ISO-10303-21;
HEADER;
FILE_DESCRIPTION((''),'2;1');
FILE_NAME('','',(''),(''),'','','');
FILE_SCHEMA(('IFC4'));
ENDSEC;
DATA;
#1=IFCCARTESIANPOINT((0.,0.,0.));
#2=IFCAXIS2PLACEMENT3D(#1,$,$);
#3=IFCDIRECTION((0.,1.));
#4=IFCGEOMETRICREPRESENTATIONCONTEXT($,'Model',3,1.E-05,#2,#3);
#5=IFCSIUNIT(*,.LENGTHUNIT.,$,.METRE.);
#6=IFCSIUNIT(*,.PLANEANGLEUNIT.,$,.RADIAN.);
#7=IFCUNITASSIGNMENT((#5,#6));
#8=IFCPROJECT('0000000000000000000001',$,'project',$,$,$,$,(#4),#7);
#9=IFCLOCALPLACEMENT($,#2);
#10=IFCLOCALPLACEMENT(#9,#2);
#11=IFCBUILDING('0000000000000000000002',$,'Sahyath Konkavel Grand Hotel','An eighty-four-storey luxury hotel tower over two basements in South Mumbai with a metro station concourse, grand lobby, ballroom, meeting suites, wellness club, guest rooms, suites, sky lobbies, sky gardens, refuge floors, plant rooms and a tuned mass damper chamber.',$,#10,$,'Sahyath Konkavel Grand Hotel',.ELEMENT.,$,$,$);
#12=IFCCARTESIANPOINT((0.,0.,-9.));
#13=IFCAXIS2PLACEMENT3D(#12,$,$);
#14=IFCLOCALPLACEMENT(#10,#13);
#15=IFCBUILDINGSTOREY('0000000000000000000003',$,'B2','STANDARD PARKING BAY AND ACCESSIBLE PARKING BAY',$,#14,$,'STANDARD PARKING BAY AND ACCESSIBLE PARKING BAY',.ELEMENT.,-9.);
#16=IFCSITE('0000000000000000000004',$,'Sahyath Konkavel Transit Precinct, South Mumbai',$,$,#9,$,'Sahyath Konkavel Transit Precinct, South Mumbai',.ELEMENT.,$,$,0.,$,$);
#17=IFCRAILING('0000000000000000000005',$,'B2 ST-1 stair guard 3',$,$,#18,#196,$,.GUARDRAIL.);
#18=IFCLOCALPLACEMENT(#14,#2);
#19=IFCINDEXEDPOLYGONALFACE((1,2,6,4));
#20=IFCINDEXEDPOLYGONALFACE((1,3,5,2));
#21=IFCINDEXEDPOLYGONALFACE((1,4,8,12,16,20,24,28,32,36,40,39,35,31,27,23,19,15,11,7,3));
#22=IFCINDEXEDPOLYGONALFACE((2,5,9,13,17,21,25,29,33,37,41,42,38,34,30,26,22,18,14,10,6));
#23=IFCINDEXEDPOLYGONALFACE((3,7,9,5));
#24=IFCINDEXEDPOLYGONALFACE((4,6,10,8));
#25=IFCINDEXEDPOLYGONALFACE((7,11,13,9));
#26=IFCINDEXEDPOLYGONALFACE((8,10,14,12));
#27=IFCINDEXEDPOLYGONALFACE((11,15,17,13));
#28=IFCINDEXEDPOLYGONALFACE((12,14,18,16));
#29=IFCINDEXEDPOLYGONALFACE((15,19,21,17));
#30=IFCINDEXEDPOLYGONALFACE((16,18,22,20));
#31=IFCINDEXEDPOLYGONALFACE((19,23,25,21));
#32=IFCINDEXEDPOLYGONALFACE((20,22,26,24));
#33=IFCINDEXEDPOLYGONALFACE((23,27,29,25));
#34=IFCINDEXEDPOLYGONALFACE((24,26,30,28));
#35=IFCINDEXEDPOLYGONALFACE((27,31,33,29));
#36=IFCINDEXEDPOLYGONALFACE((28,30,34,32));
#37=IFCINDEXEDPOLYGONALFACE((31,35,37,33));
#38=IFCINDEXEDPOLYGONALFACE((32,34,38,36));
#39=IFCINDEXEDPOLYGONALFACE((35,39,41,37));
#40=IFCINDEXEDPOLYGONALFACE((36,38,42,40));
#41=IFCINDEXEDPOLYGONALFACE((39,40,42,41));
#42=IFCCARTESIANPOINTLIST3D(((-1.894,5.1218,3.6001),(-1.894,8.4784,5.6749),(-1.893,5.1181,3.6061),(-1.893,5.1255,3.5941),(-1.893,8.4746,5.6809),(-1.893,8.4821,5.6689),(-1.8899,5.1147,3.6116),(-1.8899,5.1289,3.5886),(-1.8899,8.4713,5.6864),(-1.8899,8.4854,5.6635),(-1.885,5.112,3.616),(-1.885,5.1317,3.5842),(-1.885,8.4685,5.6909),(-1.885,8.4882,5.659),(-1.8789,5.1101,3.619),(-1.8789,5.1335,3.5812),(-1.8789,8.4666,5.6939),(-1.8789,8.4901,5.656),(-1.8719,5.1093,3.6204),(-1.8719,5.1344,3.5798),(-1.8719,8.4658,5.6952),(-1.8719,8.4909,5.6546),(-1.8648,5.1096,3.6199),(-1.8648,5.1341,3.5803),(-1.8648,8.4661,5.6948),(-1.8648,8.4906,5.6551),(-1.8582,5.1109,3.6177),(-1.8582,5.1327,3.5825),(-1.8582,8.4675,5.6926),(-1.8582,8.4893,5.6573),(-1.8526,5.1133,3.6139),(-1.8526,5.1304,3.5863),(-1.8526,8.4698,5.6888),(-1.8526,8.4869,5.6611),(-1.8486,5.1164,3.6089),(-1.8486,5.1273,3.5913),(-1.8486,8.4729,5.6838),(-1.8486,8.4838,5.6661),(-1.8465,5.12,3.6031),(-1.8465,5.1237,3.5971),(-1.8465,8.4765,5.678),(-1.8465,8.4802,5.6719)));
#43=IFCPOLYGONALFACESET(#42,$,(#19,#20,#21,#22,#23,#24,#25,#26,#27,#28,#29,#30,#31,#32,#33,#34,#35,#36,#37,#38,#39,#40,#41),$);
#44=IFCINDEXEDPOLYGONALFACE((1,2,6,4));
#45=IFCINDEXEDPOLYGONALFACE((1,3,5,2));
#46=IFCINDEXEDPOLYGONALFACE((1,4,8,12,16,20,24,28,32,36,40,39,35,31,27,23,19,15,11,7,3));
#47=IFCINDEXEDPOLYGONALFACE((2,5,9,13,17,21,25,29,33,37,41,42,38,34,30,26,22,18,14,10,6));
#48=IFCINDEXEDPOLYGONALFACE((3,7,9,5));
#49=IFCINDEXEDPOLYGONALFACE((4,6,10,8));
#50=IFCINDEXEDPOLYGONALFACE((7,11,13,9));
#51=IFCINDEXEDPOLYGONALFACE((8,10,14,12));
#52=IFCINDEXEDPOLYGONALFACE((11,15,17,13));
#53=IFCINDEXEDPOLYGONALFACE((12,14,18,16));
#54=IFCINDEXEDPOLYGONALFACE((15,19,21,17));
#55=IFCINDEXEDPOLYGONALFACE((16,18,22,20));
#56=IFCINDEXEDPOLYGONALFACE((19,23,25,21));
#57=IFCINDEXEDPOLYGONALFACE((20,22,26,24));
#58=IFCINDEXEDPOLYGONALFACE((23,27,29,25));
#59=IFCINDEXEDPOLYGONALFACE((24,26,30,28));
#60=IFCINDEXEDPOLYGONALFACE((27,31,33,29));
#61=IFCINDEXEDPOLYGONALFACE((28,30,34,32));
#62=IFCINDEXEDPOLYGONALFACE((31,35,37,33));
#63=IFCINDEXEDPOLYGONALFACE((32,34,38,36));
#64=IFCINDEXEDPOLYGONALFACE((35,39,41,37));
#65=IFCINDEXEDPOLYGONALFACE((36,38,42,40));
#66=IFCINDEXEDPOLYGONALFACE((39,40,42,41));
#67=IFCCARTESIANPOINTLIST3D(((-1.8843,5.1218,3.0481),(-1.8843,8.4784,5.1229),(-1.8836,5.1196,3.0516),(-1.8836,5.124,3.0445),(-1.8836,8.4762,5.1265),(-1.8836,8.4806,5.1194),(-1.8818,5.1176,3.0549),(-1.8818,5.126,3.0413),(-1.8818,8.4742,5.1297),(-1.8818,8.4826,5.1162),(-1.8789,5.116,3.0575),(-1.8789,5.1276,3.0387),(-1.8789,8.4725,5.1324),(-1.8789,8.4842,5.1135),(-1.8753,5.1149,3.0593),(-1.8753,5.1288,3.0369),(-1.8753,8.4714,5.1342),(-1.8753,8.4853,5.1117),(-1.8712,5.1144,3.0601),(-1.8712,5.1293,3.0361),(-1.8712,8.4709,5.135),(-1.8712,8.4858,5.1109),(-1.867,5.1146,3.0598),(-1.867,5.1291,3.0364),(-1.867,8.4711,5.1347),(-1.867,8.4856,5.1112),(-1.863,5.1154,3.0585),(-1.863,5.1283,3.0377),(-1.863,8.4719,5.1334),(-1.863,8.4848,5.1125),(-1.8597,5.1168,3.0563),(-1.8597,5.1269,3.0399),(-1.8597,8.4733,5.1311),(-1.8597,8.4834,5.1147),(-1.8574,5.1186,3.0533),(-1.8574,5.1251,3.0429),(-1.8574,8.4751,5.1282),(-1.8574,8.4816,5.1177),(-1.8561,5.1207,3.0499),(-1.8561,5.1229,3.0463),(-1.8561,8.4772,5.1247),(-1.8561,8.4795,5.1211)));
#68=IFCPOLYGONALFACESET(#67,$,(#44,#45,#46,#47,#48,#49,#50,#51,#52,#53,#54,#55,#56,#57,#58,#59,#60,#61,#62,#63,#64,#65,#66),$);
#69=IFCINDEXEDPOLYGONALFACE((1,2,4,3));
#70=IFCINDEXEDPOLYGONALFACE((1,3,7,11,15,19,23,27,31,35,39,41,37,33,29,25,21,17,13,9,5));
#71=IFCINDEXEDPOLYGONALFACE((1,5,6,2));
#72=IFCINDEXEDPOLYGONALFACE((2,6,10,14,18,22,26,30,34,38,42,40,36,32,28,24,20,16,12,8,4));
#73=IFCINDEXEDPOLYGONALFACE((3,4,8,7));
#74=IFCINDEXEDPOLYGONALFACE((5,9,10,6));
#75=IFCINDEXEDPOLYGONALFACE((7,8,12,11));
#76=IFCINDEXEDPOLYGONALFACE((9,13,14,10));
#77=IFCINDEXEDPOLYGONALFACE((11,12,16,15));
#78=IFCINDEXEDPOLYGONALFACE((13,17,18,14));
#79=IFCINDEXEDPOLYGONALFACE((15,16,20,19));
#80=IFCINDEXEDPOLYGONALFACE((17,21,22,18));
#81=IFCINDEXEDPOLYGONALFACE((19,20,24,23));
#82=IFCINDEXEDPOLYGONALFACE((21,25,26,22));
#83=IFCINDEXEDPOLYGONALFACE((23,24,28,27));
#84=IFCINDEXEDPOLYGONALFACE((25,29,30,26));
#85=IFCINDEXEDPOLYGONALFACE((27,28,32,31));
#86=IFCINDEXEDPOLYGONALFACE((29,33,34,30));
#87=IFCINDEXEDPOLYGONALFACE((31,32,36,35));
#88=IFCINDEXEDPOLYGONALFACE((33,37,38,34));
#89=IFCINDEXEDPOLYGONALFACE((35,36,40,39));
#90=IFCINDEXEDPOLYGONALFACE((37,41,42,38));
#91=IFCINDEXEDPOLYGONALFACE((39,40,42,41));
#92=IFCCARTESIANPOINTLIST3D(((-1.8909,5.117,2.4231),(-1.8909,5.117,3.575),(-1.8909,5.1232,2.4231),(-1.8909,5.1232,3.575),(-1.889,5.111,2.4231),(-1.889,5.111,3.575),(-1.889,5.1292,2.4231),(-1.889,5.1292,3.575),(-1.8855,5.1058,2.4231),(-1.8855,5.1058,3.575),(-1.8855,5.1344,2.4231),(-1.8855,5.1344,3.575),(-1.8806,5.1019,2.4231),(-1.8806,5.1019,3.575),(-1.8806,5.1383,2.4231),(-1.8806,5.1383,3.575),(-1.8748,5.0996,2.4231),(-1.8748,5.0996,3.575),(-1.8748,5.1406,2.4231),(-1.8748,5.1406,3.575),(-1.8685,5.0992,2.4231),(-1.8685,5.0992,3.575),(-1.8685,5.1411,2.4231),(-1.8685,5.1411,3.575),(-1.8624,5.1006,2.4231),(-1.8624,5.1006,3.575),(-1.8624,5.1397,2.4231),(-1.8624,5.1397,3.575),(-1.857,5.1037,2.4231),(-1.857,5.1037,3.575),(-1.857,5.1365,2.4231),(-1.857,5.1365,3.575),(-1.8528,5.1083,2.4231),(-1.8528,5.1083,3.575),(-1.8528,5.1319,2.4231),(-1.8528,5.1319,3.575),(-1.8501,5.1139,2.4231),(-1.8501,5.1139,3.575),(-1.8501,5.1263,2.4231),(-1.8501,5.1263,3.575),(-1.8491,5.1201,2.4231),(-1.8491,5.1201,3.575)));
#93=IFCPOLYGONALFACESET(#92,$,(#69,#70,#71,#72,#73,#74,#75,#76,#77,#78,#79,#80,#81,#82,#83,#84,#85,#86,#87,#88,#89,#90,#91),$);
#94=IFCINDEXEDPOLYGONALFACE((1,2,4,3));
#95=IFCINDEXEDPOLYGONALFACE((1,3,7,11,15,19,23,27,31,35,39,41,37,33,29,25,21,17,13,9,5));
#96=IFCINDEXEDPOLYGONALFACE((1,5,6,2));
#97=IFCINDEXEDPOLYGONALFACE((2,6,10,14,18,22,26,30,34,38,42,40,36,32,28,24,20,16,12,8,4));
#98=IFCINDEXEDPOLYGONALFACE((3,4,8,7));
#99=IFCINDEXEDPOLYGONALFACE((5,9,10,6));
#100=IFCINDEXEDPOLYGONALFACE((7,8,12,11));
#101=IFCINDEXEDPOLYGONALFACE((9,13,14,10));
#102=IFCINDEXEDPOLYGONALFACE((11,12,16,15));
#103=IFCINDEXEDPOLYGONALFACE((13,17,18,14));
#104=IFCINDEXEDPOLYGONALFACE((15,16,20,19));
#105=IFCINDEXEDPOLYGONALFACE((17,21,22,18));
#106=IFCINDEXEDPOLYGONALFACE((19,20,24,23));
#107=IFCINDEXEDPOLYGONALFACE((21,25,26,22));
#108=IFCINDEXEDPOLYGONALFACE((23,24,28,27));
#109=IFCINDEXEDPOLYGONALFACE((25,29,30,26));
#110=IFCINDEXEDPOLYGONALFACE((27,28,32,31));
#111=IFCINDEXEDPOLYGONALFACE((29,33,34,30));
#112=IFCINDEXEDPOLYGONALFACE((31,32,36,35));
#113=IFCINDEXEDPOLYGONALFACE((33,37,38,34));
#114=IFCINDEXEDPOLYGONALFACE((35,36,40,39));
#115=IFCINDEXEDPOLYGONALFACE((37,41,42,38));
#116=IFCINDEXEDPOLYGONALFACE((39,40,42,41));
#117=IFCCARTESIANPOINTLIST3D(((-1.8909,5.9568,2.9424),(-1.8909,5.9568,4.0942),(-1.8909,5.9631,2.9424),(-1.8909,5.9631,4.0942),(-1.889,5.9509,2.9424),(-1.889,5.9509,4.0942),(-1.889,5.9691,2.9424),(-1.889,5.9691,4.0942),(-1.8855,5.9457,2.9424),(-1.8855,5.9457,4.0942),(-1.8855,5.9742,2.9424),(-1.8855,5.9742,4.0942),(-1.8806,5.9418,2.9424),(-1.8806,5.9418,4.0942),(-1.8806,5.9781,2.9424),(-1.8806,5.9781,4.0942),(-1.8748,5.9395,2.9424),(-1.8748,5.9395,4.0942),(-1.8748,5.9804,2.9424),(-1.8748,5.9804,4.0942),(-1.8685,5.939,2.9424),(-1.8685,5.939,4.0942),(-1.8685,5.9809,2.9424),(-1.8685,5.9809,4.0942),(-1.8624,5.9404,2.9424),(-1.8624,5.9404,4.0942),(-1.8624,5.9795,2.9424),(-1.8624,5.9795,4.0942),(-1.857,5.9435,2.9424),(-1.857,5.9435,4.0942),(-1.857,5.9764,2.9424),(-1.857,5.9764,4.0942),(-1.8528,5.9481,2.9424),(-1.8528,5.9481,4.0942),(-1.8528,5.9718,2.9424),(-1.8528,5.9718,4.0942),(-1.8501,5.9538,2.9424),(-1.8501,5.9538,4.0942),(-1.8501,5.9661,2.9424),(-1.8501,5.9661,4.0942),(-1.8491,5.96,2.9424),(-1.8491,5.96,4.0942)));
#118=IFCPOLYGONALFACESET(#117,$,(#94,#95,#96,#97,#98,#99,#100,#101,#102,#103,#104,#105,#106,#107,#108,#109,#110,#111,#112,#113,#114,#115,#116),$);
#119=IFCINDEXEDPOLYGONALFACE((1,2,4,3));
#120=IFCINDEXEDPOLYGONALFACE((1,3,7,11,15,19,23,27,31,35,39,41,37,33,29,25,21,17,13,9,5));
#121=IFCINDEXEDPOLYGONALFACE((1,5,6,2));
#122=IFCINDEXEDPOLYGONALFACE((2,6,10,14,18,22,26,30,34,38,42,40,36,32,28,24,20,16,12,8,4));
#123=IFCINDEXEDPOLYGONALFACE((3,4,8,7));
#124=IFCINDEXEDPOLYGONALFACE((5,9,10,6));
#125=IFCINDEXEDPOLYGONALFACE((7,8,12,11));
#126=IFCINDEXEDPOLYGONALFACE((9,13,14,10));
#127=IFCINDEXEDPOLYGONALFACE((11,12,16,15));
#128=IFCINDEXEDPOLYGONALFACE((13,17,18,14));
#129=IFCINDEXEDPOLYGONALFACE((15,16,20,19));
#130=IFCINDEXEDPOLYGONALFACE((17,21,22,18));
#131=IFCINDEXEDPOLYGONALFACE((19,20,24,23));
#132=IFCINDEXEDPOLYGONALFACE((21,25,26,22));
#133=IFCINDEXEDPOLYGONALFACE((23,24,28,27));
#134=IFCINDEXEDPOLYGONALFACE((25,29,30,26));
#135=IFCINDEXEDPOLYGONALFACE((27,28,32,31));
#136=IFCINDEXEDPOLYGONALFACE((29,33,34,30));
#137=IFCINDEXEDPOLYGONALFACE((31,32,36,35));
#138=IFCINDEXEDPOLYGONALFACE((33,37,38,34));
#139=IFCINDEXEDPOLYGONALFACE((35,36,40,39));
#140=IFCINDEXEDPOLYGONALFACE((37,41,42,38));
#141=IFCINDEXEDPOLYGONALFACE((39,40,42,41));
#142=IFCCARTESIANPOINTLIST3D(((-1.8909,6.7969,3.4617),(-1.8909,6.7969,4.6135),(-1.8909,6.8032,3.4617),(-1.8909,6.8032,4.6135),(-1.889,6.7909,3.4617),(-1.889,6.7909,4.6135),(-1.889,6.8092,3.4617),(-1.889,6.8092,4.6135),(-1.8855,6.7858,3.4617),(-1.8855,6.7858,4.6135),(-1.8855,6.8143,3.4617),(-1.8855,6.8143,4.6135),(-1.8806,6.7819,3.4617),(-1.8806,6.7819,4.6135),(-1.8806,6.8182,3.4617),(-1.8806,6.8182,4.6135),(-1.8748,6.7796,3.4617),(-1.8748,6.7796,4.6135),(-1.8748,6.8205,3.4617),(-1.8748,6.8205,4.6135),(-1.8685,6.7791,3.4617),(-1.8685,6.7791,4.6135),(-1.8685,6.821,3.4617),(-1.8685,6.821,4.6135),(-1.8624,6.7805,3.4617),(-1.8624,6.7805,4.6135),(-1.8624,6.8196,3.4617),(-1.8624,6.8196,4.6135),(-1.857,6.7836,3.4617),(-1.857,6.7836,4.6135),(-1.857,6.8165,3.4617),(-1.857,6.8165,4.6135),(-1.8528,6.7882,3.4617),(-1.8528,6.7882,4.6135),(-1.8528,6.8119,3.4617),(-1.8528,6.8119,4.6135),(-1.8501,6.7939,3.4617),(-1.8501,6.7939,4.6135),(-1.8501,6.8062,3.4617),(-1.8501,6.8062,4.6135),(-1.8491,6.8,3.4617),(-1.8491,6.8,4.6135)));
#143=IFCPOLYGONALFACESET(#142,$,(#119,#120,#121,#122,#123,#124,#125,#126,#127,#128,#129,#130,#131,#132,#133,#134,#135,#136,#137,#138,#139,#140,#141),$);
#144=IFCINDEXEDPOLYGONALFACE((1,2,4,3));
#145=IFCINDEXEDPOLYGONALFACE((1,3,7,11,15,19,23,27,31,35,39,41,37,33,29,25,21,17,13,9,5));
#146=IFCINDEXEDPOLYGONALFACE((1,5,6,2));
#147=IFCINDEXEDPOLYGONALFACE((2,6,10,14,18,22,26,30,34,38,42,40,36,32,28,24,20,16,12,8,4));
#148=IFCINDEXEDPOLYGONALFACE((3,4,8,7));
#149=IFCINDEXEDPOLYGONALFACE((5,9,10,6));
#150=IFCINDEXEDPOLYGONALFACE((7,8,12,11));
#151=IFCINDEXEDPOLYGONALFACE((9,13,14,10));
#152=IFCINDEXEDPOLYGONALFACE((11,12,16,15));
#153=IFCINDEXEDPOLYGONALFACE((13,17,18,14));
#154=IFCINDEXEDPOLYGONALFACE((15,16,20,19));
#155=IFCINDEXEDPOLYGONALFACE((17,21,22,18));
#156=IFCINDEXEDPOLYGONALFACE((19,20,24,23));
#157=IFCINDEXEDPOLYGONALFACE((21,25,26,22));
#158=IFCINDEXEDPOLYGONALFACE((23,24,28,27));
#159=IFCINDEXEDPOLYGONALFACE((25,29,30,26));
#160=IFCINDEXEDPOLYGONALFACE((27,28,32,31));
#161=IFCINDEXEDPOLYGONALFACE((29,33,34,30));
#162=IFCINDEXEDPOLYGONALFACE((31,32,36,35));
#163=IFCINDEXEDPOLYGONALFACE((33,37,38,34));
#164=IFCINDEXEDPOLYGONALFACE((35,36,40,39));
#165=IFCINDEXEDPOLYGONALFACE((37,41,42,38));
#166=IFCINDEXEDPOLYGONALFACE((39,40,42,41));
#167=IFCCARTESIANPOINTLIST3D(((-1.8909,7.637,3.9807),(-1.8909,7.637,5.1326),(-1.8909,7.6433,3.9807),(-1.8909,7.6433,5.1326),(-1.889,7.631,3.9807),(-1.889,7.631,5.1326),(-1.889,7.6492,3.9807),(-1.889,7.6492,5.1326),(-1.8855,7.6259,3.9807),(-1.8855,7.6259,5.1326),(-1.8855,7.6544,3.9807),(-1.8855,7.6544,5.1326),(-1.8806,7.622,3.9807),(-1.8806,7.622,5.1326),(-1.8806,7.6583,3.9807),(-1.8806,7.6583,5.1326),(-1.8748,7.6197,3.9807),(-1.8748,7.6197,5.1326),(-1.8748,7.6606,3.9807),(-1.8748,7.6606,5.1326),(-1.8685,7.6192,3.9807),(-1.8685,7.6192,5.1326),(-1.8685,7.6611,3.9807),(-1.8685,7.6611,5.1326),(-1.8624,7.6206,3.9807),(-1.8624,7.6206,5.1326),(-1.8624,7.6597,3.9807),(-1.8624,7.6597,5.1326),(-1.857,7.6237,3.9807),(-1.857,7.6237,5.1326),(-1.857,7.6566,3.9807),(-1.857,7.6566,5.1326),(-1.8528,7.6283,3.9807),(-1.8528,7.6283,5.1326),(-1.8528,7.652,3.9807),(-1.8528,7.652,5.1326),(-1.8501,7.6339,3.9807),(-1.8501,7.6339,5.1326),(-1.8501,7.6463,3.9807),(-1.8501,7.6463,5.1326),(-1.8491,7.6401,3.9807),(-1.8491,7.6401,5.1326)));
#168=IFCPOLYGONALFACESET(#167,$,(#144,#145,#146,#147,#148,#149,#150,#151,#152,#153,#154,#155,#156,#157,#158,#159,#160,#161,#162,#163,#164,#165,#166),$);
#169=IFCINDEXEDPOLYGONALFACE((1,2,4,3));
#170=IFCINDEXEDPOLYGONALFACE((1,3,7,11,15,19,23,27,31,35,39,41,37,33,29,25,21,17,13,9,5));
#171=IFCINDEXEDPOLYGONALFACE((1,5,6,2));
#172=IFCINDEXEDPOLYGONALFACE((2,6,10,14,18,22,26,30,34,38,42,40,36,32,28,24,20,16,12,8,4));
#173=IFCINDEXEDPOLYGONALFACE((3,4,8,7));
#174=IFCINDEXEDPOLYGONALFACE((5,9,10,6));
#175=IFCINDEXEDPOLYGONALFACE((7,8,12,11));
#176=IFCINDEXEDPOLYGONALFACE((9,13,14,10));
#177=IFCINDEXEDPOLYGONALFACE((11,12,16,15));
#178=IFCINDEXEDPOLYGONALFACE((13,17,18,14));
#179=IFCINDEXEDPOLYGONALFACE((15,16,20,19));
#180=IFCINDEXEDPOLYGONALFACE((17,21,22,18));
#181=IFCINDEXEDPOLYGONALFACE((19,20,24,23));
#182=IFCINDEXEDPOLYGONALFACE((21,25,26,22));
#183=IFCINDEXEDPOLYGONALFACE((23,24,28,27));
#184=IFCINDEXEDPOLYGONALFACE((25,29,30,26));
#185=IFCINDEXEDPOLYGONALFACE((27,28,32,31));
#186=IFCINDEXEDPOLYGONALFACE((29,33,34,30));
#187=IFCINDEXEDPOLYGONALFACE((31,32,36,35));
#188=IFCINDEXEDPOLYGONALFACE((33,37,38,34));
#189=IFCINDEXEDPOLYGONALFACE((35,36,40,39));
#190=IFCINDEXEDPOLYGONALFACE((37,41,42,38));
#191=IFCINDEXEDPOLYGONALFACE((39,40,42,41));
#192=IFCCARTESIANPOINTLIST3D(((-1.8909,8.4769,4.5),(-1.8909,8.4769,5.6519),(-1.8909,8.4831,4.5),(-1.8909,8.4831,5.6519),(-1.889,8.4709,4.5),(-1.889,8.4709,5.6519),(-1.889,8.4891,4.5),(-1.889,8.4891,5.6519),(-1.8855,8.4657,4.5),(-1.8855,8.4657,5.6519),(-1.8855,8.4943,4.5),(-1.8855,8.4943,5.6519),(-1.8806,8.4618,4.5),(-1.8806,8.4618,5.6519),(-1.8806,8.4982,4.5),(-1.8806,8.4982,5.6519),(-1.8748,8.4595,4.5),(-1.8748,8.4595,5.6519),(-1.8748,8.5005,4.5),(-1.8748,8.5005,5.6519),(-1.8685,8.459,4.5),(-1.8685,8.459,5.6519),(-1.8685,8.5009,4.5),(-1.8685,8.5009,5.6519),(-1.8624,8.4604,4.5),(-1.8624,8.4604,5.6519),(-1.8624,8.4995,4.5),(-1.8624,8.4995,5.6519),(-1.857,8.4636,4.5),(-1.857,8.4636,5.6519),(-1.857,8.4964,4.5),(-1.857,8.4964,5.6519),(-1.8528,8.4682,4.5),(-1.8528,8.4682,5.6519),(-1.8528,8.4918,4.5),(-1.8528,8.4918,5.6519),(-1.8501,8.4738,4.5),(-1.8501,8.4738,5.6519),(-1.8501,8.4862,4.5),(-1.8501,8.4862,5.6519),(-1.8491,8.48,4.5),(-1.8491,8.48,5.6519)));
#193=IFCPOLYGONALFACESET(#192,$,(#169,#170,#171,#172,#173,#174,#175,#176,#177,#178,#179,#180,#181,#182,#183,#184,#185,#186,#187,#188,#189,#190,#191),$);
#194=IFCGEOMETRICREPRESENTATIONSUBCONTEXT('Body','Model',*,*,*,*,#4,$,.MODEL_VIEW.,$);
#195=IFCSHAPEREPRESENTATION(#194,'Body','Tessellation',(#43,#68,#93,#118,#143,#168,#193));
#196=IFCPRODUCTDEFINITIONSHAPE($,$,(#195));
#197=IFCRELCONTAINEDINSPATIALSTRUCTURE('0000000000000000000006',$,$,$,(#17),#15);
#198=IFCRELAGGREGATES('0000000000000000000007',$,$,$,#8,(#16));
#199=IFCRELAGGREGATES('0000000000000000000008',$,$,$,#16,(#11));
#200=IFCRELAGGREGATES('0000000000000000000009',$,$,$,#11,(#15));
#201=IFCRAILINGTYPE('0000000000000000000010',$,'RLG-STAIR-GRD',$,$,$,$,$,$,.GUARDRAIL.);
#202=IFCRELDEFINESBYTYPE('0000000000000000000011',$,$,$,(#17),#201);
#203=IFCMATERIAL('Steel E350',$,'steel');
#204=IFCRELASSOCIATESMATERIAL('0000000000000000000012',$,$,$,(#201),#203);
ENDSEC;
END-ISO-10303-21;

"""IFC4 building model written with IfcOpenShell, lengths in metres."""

from ifc_helpers import new_model, si_unit, direction, frame, origin, origin_2d, place, context, subcontext, project, spatial, circle, extrude, material, type_object, element, save


model = new_model("IFC4")

# Units and contexts
model_context = context("Model", 3, precision=1e-05, world=origin(), true_north=direction((0.0, 1.0)))
body_context = subcontext(model_context, "Body", "Model", "MODEL_VIEW")
ifc_project = project(units=[si_unit("LENGTHUNIT", "METRE"), si_unit("PLANEANGLEUNIT", "RADIAN")], contexts=[model_context])

# Site, building, storey
site_placement = place(None, origin())
site = spatial("IfcSite", under=ifc_project, at=site_placement, Name="Sahyath Konkavel Transit Precinct, South Mumbai", LongName="Sahyath Konkavel Transit Precinct, South Mumbai", CompositionType="ELEMENT", RefElevation=0.0)
building_placement = place(site_placement, origin())
building = spatial("IfcBuilding", under=site, at=building_placement, Name="Sahyath Konkavel Grand Hotel", Description="An eighty-four-storey luxury hotel tower over two basements in South Mumbai with a metro station concourse, grand lobby, ballroom, meeting suites, wellness club, guest rooms, suites, sky lobbies, sky gardens, refuge floors, plant rooms and a tuned mass damper chamber.", LongName="Sahyath Konkavel Grand Hotel", CompositionType="ELEMENT")
storey_placement = place(building_placement, frame((0.0, 0.0, -9.0)))
storey = spatial("IfcBuildingStorey", under=building, at=storey_placement, Name="B2", Description="STANDARD PARKING BAY AND ACCESSIBLE PARKING BAY", LongName="STANDARD PARKING BAY AND ACCESSIBLE PARKING BAY", CompositionType="ELEMENT", Elevation=-9.0)

# Shared definitions
ifc_material_1 = material(Name="Steel E350", Category="steel")

# Railing
railing_type_1 = type_object("IfcRailingType", Name="RLG-STAIR-GRD", PredefinedType="GUARDRAIL", material=ifc_material_1)
railing_1_placement = place(storey_placement, frame((-1.8701, 5.1201, 2.4231)))
element("IfcRailing", 1, at=railing_1_placement, inside=storey, type_object=railing_type_1, Name="B2 ST-1 stair guard 3", PredefinedType="GUARDRAIL", context=body_context, shape_type="SweptSolid", body=[
    extrude(circle(Radius=0.0239, at=origin_2d()), frame((0.0, 0.0017, 1.177), z_axis=(0.0, 0.850606, 0.525803), x_axis=(-1.0, 0.0, 0.0)), (0.0, 0.0, 1.0), 3.946),
    extrude(circle(Radius=0.0142, at=origin_2d()), frame((0.0, 0.0017, 0.625), z_axis=(0.0, 0.850606, 0.525803), x_axis=(-1.0, 0.0, 0.0)), (0.0, 0.0, 1.0), 3.946),
    extrude(circle(Radius=0.021, at=origin_2d()), origin(), (0.0, 0.0, 1.0), 1.1519),
    extrude(circle(Radius=0.021, at=origin_2d()), frame((0.0, 0.8398, 0.5193)), (0.0, 0.0, 1.0), 1.1519),
    extrude(circle(Radius=0.021, at=origin_2d()), frame((0.0, 1.6799, 1.0386)), (0.0, 0.0, 1.0), 1.1519),
    extrude(circle(Radius=0.021, at=origin_2d()), frame((0.0, 2.52, 1.5576)), (0.0, 0.0, 1.0), 1.1519),
    extrude(circle(Radius=0.021, at=origin_2d()), frame((0.0, 3.3599, 2.0769)), (0.0, 0.0, 1.0), 1.1519),
])

save(model, "model.ifc")
